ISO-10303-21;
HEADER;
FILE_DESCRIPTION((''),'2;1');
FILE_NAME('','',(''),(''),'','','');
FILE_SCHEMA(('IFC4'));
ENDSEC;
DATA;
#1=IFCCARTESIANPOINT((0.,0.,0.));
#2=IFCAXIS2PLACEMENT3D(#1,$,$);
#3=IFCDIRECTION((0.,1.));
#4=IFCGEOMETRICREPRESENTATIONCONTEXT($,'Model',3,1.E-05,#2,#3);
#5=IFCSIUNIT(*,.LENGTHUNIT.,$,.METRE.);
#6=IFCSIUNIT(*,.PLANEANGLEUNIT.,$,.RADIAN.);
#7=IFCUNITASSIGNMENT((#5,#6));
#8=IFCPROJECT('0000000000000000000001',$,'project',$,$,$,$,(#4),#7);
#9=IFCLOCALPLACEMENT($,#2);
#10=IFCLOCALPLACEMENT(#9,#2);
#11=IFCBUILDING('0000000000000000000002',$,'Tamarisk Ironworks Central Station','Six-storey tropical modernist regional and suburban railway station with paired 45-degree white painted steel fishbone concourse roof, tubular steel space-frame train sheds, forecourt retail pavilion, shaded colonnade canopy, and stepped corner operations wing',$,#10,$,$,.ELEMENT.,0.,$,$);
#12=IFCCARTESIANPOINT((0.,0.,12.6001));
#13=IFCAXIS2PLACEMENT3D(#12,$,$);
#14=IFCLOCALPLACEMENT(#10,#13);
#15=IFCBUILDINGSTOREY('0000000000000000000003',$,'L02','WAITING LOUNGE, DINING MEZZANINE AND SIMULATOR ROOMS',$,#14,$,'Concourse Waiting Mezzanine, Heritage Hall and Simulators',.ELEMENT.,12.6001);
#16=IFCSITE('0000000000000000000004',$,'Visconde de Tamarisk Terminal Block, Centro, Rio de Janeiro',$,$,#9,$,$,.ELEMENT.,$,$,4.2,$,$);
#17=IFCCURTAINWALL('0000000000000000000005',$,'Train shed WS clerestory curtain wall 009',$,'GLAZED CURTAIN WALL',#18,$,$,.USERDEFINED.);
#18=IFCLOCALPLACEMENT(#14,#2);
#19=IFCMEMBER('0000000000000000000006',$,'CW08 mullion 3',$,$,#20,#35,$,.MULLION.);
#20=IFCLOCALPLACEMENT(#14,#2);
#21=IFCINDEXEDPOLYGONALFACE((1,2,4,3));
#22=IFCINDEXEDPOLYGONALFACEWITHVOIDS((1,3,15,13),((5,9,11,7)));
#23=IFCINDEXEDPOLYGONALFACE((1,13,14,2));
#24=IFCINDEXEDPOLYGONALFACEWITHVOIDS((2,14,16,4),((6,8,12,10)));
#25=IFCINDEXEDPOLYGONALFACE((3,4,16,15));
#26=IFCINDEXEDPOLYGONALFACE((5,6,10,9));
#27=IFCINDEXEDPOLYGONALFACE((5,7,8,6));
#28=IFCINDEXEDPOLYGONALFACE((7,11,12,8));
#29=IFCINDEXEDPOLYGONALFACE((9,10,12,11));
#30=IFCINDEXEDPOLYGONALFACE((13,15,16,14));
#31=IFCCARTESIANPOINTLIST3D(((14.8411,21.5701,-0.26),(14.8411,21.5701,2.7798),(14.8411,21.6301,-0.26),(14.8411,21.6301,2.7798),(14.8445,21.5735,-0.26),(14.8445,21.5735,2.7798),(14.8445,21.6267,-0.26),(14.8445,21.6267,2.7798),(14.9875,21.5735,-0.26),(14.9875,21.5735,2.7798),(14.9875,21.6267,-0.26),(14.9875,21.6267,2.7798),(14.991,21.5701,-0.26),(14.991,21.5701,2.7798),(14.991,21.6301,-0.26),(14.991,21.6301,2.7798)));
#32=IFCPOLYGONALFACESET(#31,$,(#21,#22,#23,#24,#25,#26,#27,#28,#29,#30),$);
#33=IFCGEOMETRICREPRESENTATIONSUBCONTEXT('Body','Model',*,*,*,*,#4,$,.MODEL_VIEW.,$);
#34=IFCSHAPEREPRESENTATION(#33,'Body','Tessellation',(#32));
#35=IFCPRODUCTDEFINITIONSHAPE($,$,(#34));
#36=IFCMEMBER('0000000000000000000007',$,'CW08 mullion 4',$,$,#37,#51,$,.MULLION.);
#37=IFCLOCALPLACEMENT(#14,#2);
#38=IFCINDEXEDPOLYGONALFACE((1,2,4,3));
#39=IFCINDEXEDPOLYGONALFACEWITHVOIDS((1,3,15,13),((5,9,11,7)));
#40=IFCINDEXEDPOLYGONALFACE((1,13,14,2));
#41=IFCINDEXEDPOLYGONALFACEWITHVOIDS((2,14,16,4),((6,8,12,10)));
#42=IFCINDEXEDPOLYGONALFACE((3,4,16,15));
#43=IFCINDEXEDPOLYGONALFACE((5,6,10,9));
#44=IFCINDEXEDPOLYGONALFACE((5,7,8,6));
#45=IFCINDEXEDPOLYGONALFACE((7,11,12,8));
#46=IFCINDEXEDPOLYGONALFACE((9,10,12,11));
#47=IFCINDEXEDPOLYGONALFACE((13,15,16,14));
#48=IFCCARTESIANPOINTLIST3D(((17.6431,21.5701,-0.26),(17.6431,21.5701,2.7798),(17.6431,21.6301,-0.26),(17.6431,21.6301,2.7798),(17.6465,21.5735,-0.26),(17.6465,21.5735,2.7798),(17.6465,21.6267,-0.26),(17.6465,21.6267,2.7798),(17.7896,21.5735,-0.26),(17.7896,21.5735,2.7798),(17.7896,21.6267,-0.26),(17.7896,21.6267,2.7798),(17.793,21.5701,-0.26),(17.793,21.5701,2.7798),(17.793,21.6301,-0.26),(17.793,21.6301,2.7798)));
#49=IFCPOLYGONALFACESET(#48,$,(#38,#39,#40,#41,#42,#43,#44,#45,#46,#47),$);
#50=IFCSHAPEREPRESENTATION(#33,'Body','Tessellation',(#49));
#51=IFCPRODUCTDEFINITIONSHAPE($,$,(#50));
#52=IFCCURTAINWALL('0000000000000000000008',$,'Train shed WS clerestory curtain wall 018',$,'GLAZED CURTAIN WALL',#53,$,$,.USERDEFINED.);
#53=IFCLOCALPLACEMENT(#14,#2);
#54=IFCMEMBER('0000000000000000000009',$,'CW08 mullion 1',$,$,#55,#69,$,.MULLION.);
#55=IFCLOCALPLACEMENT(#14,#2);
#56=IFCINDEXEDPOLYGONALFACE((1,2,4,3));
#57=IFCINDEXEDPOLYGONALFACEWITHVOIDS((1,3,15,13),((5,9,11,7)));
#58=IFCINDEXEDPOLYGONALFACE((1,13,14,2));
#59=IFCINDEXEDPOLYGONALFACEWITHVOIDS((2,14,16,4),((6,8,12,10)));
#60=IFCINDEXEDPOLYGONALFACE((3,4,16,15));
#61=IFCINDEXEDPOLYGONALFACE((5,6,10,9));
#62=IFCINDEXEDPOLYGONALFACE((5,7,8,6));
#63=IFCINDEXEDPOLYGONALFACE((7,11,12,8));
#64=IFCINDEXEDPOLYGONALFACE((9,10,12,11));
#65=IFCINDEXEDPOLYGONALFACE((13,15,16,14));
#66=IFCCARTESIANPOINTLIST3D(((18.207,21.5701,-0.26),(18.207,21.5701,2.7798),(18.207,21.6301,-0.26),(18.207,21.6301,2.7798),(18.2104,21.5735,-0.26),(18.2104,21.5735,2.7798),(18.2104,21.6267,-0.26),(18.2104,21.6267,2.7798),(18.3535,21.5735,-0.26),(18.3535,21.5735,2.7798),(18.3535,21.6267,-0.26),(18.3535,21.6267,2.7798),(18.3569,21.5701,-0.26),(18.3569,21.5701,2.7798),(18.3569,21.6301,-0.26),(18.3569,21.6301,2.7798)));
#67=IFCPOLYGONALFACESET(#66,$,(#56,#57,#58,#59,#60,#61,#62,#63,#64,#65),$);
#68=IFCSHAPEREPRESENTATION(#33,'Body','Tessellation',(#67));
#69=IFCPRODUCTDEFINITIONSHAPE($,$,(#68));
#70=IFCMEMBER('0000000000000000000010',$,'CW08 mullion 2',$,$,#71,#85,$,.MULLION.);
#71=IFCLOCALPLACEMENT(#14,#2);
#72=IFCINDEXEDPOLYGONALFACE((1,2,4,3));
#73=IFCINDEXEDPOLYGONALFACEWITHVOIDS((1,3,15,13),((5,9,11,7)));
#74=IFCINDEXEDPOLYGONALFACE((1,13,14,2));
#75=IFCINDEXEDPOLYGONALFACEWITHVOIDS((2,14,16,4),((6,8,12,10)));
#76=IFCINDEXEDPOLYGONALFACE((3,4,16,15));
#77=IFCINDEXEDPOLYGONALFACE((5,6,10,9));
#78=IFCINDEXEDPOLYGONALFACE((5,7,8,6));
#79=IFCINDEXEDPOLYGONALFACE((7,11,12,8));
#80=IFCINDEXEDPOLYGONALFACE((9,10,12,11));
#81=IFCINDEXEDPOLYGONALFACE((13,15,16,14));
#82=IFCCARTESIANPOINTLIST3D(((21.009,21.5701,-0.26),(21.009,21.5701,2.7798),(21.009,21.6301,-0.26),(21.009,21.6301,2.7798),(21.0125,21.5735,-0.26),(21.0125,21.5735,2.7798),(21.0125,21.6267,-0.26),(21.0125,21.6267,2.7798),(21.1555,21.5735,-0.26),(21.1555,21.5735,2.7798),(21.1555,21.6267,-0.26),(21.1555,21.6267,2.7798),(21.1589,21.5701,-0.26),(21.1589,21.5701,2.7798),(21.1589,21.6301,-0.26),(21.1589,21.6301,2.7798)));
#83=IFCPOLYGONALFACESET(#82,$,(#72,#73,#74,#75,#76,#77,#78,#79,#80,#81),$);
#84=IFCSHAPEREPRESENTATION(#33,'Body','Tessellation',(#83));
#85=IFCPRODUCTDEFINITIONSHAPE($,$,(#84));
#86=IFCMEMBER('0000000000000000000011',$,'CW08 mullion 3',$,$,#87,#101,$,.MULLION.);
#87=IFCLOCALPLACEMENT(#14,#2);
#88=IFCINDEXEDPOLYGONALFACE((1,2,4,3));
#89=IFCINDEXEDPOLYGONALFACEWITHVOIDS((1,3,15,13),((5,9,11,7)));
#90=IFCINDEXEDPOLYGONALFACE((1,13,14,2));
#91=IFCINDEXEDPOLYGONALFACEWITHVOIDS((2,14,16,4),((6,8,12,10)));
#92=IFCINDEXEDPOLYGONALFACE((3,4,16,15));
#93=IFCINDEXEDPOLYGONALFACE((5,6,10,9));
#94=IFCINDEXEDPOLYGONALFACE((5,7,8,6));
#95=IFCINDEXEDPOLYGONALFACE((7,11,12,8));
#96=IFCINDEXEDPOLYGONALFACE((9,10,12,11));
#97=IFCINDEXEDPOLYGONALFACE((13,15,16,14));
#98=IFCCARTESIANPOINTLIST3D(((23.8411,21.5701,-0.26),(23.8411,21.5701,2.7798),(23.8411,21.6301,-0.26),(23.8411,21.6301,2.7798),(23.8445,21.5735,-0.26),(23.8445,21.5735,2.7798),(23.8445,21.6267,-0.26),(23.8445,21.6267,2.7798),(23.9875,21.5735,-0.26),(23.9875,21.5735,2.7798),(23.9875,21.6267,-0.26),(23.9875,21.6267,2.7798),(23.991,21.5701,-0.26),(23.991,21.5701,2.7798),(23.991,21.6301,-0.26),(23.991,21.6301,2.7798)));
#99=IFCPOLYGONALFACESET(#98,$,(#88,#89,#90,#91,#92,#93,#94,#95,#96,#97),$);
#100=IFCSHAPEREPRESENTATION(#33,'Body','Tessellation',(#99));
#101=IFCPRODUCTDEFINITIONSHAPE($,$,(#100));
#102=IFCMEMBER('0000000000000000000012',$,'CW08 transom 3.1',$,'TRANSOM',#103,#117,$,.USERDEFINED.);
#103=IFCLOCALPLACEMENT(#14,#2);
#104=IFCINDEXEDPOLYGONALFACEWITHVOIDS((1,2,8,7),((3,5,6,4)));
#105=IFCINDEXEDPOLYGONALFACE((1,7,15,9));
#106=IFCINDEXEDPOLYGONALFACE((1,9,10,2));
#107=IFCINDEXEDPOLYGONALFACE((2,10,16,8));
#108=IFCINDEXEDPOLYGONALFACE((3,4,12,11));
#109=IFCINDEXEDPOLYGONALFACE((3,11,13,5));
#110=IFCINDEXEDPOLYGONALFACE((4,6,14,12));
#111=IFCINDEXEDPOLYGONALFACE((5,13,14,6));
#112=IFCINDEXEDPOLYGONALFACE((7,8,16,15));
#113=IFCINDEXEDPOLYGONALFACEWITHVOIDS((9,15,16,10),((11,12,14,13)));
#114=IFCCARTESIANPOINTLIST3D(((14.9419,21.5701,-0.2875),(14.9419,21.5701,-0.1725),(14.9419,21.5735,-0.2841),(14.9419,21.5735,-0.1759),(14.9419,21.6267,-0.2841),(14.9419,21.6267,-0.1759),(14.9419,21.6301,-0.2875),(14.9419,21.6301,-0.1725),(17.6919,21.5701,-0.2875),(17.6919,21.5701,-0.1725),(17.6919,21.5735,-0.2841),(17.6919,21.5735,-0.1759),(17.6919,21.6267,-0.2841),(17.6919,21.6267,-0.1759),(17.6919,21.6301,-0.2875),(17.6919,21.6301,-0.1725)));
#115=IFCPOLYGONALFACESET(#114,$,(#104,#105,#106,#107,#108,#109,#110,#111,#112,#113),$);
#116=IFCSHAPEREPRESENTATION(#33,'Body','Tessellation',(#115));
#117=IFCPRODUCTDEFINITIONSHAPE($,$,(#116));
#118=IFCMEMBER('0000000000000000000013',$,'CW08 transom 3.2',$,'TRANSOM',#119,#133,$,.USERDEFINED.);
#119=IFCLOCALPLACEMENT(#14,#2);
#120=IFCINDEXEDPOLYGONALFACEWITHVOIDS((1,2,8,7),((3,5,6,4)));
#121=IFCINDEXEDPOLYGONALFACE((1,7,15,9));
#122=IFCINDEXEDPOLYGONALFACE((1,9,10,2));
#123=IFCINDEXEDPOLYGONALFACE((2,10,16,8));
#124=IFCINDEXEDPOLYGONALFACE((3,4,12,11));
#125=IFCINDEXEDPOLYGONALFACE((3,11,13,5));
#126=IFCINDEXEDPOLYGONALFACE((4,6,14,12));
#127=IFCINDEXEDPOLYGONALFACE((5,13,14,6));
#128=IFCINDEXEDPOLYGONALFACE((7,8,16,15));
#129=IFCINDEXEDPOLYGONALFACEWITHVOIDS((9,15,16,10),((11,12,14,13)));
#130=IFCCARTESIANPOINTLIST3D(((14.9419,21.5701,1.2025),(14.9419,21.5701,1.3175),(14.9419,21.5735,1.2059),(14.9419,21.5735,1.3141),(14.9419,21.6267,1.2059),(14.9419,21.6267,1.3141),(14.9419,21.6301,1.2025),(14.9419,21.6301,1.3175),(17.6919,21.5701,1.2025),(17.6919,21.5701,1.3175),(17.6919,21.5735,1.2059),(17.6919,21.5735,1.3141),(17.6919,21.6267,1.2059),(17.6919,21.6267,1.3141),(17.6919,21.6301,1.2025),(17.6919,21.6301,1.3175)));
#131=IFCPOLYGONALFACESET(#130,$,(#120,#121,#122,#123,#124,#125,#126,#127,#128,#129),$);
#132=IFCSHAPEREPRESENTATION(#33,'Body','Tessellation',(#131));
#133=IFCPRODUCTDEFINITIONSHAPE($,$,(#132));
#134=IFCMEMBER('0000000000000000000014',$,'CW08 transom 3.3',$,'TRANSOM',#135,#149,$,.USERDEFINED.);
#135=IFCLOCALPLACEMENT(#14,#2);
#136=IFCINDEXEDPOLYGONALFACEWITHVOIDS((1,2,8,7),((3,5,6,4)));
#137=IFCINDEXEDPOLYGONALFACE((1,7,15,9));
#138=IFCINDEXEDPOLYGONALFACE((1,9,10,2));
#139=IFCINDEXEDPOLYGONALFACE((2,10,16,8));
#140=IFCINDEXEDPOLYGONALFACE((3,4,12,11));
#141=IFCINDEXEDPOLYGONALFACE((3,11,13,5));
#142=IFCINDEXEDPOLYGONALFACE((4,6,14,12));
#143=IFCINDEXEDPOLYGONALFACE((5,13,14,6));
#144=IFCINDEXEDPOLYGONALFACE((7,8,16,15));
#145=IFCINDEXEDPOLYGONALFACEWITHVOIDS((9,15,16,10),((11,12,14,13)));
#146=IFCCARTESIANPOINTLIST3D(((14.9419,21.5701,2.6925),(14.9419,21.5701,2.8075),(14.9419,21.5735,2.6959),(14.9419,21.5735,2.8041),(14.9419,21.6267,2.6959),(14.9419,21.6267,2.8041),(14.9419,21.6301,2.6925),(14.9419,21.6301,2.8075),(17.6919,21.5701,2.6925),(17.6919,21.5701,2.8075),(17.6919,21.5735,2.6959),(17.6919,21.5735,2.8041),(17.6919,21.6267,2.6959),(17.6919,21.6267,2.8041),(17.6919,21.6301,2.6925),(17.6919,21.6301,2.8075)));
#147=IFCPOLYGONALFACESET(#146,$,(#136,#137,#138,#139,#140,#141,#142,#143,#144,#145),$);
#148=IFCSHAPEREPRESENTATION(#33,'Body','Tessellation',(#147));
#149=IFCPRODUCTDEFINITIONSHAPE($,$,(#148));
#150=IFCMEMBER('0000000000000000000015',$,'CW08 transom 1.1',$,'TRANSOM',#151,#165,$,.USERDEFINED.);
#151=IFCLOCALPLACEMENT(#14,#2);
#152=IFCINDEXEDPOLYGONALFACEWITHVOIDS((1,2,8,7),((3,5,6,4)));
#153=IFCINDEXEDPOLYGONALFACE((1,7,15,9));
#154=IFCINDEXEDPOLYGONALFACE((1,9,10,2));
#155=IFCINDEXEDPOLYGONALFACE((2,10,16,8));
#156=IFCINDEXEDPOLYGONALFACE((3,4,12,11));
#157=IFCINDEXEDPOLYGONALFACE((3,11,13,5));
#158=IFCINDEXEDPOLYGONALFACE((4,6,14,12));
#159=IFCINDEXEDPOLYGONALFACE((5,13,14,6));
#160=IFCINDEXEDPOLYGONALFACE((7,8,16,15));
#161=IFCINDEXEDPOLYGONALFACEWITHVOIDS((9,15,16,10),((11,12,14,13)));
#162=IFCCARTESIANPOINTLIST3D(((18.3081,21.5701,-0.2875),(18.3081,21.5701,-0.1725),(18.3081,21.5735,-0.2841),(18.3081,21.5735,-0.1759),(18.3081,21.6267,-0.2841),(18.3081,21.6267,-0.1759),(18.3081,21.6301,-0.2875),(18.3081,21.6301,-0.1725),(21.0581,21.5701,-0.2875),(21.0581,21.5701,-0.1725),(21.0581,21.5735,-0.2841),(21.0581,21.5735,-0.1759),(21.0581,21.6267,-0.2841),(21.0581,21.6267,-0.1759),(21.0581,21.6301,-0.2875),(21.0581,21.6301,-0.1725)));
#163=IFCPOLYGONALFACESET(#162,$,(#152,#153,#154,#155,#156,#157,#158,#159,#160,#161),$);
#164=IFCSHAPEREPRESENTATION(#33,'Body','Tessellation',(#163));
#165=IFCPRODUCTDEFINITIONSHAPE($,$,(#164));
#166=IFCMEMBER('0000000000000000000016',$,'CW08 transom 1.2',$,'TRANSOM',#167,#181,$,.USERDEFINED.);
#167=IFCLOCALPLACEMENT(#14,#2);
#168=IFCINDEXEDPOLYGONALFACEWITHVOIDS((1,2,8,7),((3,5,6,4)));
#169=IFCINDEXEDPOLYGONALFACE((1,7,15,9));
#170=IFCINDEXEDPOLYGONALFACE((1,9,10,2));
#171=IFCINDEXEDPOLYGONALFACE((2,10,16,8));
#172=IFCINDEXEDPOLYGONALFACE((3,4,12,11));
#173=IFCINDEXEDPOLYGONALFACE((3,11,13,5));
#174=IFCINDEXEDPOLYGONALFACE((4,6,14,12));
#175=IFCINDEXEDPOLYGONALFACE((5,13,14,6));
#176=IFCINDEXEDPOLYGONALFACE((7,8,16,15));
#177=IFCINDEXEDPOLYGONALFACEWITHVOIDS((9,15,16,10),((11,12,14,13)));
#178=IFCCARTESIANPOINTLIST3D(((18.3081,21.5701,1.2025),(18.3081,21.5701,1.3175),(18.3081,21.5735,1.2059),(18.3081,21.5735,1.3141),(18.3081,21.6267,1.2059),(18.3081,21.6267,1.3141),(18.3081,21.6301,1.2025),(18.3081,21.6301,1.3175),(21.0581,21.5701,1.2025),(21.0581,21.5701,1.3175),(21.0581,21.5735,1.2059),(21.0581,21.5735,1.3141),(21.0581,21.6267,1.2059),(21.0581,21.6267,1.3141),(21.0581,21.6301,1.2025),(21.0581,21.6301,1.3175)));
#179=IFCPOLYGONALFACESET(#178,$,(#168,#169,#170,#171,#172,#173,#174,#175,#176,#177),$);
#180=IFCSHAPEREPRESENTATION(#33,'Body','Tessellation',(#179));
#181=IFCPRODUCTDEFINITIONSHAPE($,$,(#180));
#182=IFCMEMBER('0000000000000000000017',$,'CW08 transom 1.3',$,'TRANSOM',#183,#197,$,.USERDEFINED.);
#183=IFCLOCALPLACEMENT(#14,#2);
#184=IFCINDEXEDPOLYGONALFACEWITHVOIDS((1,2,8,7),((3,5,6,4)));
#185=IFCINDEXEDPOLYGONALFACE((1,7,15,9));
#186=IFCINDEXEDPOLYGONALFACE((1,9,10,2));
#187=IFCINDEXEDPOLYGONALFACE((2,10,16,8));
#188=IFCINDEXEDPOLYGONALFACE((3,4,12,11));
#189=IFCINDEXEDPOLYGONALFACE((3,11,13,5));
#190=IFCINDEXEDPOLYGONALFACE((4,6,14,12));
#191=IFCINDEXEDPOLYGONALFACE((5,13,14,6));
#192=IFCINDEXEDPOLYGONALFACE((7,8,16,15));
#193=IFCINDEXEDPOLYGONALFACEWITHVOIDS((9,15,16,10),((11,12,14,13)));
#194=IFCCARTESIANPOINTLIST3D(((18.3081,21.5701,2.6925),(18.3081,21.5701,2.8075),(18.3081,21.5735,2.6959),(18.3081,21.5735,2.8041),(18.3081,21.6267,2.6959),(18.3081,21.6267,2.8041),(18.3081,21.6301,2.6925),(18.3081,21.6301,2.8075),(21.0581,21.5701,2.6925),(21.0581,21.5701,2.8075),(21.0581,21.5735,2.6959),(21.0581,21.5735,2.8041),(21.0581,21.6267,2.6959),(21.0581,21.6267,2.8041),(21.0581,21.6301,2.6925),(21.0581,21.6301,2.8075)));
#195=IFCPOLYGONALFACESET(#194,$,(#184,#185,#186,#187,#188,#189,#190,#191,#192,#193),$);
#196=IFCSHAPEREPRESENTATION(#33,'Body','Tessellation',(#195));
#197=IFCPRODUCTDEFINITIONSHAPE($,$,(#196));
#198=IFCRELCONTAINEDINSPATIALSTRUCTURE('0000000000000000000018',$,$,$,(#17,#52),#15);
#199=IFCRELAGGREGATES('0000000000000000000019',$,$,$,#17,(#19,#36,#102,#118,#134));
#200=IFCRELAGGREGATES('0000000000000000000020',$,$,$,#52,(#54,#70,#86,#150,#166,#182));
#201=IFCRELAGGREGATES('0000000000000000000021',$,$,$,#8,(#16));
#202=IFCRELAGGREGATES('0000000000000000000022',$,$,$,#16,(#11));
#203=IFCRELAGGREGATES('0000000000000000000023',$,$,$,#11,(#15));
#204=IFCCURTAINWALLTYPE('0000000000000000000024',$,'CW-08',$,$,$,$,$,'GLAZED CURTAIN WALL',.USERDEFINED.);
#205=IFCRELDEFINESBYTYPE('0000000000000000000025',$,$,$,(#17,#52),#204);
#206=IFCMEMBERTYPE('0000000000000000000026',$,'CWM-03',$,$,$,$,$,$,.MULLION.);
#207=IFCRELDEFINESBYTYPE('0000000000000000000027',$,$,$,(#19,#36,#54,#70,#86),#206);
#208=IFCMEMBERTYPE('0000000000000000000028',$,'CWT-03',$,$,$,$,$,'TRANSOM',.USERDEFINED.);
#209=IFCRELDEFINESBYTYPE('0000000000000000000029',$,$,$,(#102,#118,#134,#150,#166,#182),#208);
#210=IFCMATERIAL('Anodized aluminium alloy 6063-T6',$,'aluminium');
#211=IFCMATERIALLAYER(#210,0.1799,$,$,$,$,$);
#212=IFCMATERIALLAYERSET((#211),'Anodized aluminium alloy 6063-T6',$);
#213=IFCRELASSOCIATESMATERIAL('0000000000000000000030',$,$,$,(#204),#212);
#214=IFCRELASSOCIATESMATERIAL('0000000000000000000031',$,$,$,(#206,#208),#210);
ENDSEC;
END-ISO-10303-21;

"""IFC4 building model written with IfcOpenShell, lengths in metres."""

from ifc_helpers import new_model, si_unit, direction, frame, origin, origin_2d, place, context, subcontext, project, spatial, hollow_rectangle, extrude, material, layer, layer_set, material_profile, profile_set, type_object, element, aggregate, save


model = new_model("IFC4")

# Units and contexts
model_context = context("Model", 3, precision=1e-05, world=origin(), true_north=direction((0.0, 1.0)))
body_context = subcontext(model_context, "Body", "Model", "MODEL_VIEW")
ifc_project = project(units=[si_unit("LENGTHUNIT", "METRE"), si_unit("PLANEANGLEUNIT", "RADIAN")], contexts=[model_context])

# Site, building, storey
site_placement = place(None, origin())
site = spatial("IfcSite", under=ifc_project, at=site_placement, Name="Visconde de Tamarisk Terminal Block, Centro, Rio de Janeiro", CompositionType="ELEMENT", RefElevation=4.2)
building_placement = place(site_placement, origin())
building = spatial("IfcBuilding", under=site, at=building_placement, Name="Tamarisk Ironworks Central Station", Description="Six-storey tropical modernist regional and suburban railway station with paired 45-degree white painted steel fishbone concourse roof, tubular steel space-frame train sheds, forecourt retail pavilion, shaded colonnade canopy, and stepped corner operations wing", CompositionType="ELEMENT", ElevationOfRefHeight=0.0)
storey_placement = place(building_placement, frame((0.0, 0.0, 12.6001)))
storey = spatial("IfcBuildingStorey", under=building, at=storey_placement, Name="L02", Description="WAITING LOUNGE, DINING MEZZANINE AND SIMULATOR ROOMS", LongName="Concourse Waiting Mezzanine, Heritage Hall and Simulators", CompositionType="ELEMENT", Elevation=12.6001)

# Curtain walls, members
ifc_material_1 = material(Name="Anodized aluminium alloy 6063-T6", Category="aluminium")
ifc_layer_1 = layer(ifc_material_1, 0.1799)
ifc_layer_set_1 = layer_set([ifc_layer_1], Name="Anodized aluminium alloy 6063-T6")
curtain_wall_type = type_object("IfcCurtainWallType", Name="CW-08", ElementType="GLAZED CURTAIN WALL", PredefinedType="USERDEFINED", material=ifc_layer_set_1)
curtain_wall_1_placement = place(storey_placement, origin())
curtain_wall_1 = element("IfcCurtainWall", 1, at=curtain_wall_1_placement, inside=storey, type_object=curtain_wall_type, Name="Train shed WS clerestory curtain wall 009", ObjectType="GLAZED CURTAIN WALL", PredefinedType="USERDEFINED")
ifc_material_profile_1 = material_profile(ifc_material_1, hollow_rectangle(XDim=0.0601, YDim=0.1499, WallThickness=0.0034, at=origin_2d()), Name="ALUM 150x60")
ifc_profile_set_1 = profile_set([ifc_material_profile_1], Name="Anodized aluminium alloy 6063-T6")
member_type_1 = type_object("IfcMemberType", Name="CWM-03", PredefinedType="MULLION", material=ifc_profile_set_1)
member_1_placement = place(storey_placement, frame((14.916, 21.6001, -0.26), z_axis=(0.0, 0.0, 1.0), x_axis=(0.0, 1.0, 0.0)))
member_1 = element("IfcMember", 2, at=member_1_placement, type_object=member_type_1, Name="CW08 mullion 3", PredefinedType="MULLION", context=body_context, shape_type="SweptSolid", body=[
    extrude(hollow_rectangle(XDim=0.0601, YDim=0.1499, WallThickness=0.0034, at=origin_2d()), origin(), (0.0, 0.0, 1.0), 3.0398),
])
member_2_placement = place(storey_placement, frame((17.718, 21.6001, -0.26), z_axis=(0.0, 0.0, 1.0), x_axis=(0.0, 1.0, 0.0)))
member_2 = element("IfcMember", 3, at=member_2_placement, type_object=member_type_1, Name="CW08 mullion 4", PredefinedType="MULLION", context=body_context, shape_type="SweptSolid", body=[
    extrude(hollow_rectangle(XDim=0.0601, YDim=0.1499, WallThickness=0.0034, at=origin_2d()), origin(), (0.0, 0.0, 1.0), 3.0398),
])
curtain_wall_2_placement = place(storey_placement, origin())
curtain_wall_2 = element("IfcCurtainWall", 4, at=curtain_wall_2_placement, inside=storey, type_object=curtain_wall_type, Name="Train shed WS clerestory curtain wall 018", ObjectType="GLAZED CURTAIN WALL", PredefinedType="USERDEFINED")
member_3_placement = place(storey_placement, frame((18.282, 21.6001, -0.26), z_axis=(0.0, 0.0, 1.0), x_axis=(0.0, 1.0, 0.0)))
member_3 = element("IfcMember", 5, at=member_3_placement, type_object=member_type_1, Name="CW08 mullion 1", PredefinedType="MULLION", context=body_context, shape_type="SweptSolid", body=[
    extrude(hollow_rectangle(XDim=0.0601, YDim=0.1499, WallThickness=0.0034, at=origin_2d()), origin(), (0.0, 0.0, 1.0), 3.0398),
])
member_4_placement = place(storey_placement, frame((21.084, 21.6001, -0.26), z_axis=(0.0, 0.0, 1.0), x_axis=(0.0, 1.0, 0.0)))
member_4 = element("IfcMember", 6, at=member_4_placement, type_object=member_type_1, Name="CW08 mullion 2", PredefinedType="MULLION", context=body_context, shape_type="SweptSolid", body=[
    extrude(hollow_rectangle(XDim=0.0601, YDim=0.1499, WallThickness=0.0034, at=origin_2d()), origin(), (0.0, 0.0, 1.0), 3.0398),
])
member_5_placement = place(storey_placement, frame((23.916, 21.6001, -0.26), z_axis=(0.0, 0.0, 1.0), x_axis=(0.0, 1.0, 0.0)))
member_5 = element("IfcMember", 7, at=member_5_placement, type_object=member_type_1, Name="CW08 mullion 3", PredefinedType="MULLION", context=body_context, shape_type="SweptSolid", body=[
    extrude(hollow_rectangle(XDim=0.0601, YDim=0.1499, WallThickness=0.0034, at=origin_2d()), origin(), (0.0, 0.0, 1.0), 3.0398),
])

# Members
ifc_material_profile_2 = material_profile(ifc_material_1, hollow_rectangle(XDim=0.0601, YDim=0.115, WallThickness=0.0034, at=origin_2d()), Name="ALUM 115x60")
ifc_profile_set_2 = profile_set([ifc_material_profile_2], Name="Anodized aluminium alloy 6063-T6")
member_type_2 = type_object("IfcMemberType", Name="CWT-03", ElementType="TRANSOM", PredefinedType="USERDEFINED", material=ifc_profile_set_2)
member_6_placement = place(storey_placement, frame((14.9419, 21.6001, -0.23), z_axis=(1.0, 0.0, 0.0), x_axis=(0.0, 1.0, 0.0)))
member_6 = element("IfcMember", 8, at=member_6_placement, type_object=member_type_2, Name="CW08 transom 3.1", ObjectType="TRANSOM", PredefinedType="USERDEFINED", context=body_context, shape_type="SweptSolid", body=[
    extrude(hollow_rectangle(XDim=0.0601, YDim=0.115, WallThickness=0.0034, at=origin_2d()), origin(), (0.0, 0.0, 1.0), 2.75),
])
member_7_placement = place(storey_placement, frame((14.9419, 21.6001, 1.26), z_axis=(1.0, 0.0, 0.0), x_axis=(0.0, 1.0, 0.0)))
member_7 = element("IfcMember", 9, at=member_7_placement, type_object=member_type_2, Name="CW08 transom 3.2", ObjectType="TRANSOM", PredefinedType="USERDEFINED", context=body_context, shape_type="SweptSolid", body=[
    extrude(hollow_rectangle(XDim=0.0601, YDim=0.115, WallThickness=0.0034, at=origin_2d()), origin(), (0.0, 0.0, 1.0), 2.75),
])
member_8_placement = place(storey_placement, frame((14.9419, 21.6001, 2.75), z_axis=(1.0, 0.0, 0.0), x_axis=(0.0, 1.0, 0.0)))
member_8 = element("IfcMember", 10, at=member_8_placement, type_object=member_type_2, Name="CW08 transom 3.3", ObjectType="TRANSOM", PredefinedType="USERDEFINED", context=body_context, shape_type="SweptSolid", body=[
    extrude(hollow_rectangle(XDim=0.0601, YDim=0.115, WallThickness=0.0034, at=origin_2d()), origin(), (0.0, 0.0, 1.0), 2.75),
])
member_9_placement = place(storey_placement, frame((18.3081, 21.6001, -0.23), z_axis=(1.0, 0.0, 0.0), x_axis=(0.0, 1.0, 0.0)))
member_9 = element("IfcMember", 11, at=member_9_placement, type_object=member_type_2, Name="CW08 transom 1.1", ObjectType="TRANSOM", PredefinedType="USERDEFINED", context=body_context, shape_type="SweptSolid", body=[
    extrude(hollow_rectangle(XDim=0.0601, YDim=0.115, WallThickness=0.0034, at=origin_2d()), origin(), (0.0, 0.0, 1.0), 2.75),
])
member_10_placement = place(storey_placement, frame((18.3081, 21.6001, 1.26), z_axis=(1.0, 0.0, 0.0), x_axis=(0.0, 1.0, 0.0)))
member_10 = element("IfcMember", 12, at=member_10_placement, type_object=member_type_2, Name="CW08 transom 1.2", ObjectType="TRANSOM", PredefinedType="USERDEFINED", context=body_context, shape_type="SweptSolid", body=[
    extrude(hollow_rectangle(XDim=0.0601, YDim=0.115, WallThickness=0.0034, at=origin_2d()), origin(), (0.0, 0.0, 1.0), 2.75),
])
member_11_placement = place(storey_placement, frame((18.3081, 21.6001, 2.75), z_axis=(1.0, 0.0, 0.0), x_axis=(0.0, 1.0, 0.0)))
member_11 = element("IfcMember", 13, at=member_11_placement, type_object=member_type_2, Name="CW08 transom 1.3", ObjectType="TRANSOM", PredefinedType="USERDEFINED", context=body_context, shape_type="SweptSolid", body=[
    extrude(hollow_rectangle(XDim=0.0601, YDim=0.115, WallThickness=0.0034, at=origin_2d()), origin(), (0.0, 0.0, 1.0), 2.75),
])

aggregate(curtain_wall_1, [member_1, member_2, member_6, member_7, member_8])
aggregate(curtain_wall_2, [member_3, member_4, member_5, member_9, member_10, member_11])

save(model, "model.ifc")
